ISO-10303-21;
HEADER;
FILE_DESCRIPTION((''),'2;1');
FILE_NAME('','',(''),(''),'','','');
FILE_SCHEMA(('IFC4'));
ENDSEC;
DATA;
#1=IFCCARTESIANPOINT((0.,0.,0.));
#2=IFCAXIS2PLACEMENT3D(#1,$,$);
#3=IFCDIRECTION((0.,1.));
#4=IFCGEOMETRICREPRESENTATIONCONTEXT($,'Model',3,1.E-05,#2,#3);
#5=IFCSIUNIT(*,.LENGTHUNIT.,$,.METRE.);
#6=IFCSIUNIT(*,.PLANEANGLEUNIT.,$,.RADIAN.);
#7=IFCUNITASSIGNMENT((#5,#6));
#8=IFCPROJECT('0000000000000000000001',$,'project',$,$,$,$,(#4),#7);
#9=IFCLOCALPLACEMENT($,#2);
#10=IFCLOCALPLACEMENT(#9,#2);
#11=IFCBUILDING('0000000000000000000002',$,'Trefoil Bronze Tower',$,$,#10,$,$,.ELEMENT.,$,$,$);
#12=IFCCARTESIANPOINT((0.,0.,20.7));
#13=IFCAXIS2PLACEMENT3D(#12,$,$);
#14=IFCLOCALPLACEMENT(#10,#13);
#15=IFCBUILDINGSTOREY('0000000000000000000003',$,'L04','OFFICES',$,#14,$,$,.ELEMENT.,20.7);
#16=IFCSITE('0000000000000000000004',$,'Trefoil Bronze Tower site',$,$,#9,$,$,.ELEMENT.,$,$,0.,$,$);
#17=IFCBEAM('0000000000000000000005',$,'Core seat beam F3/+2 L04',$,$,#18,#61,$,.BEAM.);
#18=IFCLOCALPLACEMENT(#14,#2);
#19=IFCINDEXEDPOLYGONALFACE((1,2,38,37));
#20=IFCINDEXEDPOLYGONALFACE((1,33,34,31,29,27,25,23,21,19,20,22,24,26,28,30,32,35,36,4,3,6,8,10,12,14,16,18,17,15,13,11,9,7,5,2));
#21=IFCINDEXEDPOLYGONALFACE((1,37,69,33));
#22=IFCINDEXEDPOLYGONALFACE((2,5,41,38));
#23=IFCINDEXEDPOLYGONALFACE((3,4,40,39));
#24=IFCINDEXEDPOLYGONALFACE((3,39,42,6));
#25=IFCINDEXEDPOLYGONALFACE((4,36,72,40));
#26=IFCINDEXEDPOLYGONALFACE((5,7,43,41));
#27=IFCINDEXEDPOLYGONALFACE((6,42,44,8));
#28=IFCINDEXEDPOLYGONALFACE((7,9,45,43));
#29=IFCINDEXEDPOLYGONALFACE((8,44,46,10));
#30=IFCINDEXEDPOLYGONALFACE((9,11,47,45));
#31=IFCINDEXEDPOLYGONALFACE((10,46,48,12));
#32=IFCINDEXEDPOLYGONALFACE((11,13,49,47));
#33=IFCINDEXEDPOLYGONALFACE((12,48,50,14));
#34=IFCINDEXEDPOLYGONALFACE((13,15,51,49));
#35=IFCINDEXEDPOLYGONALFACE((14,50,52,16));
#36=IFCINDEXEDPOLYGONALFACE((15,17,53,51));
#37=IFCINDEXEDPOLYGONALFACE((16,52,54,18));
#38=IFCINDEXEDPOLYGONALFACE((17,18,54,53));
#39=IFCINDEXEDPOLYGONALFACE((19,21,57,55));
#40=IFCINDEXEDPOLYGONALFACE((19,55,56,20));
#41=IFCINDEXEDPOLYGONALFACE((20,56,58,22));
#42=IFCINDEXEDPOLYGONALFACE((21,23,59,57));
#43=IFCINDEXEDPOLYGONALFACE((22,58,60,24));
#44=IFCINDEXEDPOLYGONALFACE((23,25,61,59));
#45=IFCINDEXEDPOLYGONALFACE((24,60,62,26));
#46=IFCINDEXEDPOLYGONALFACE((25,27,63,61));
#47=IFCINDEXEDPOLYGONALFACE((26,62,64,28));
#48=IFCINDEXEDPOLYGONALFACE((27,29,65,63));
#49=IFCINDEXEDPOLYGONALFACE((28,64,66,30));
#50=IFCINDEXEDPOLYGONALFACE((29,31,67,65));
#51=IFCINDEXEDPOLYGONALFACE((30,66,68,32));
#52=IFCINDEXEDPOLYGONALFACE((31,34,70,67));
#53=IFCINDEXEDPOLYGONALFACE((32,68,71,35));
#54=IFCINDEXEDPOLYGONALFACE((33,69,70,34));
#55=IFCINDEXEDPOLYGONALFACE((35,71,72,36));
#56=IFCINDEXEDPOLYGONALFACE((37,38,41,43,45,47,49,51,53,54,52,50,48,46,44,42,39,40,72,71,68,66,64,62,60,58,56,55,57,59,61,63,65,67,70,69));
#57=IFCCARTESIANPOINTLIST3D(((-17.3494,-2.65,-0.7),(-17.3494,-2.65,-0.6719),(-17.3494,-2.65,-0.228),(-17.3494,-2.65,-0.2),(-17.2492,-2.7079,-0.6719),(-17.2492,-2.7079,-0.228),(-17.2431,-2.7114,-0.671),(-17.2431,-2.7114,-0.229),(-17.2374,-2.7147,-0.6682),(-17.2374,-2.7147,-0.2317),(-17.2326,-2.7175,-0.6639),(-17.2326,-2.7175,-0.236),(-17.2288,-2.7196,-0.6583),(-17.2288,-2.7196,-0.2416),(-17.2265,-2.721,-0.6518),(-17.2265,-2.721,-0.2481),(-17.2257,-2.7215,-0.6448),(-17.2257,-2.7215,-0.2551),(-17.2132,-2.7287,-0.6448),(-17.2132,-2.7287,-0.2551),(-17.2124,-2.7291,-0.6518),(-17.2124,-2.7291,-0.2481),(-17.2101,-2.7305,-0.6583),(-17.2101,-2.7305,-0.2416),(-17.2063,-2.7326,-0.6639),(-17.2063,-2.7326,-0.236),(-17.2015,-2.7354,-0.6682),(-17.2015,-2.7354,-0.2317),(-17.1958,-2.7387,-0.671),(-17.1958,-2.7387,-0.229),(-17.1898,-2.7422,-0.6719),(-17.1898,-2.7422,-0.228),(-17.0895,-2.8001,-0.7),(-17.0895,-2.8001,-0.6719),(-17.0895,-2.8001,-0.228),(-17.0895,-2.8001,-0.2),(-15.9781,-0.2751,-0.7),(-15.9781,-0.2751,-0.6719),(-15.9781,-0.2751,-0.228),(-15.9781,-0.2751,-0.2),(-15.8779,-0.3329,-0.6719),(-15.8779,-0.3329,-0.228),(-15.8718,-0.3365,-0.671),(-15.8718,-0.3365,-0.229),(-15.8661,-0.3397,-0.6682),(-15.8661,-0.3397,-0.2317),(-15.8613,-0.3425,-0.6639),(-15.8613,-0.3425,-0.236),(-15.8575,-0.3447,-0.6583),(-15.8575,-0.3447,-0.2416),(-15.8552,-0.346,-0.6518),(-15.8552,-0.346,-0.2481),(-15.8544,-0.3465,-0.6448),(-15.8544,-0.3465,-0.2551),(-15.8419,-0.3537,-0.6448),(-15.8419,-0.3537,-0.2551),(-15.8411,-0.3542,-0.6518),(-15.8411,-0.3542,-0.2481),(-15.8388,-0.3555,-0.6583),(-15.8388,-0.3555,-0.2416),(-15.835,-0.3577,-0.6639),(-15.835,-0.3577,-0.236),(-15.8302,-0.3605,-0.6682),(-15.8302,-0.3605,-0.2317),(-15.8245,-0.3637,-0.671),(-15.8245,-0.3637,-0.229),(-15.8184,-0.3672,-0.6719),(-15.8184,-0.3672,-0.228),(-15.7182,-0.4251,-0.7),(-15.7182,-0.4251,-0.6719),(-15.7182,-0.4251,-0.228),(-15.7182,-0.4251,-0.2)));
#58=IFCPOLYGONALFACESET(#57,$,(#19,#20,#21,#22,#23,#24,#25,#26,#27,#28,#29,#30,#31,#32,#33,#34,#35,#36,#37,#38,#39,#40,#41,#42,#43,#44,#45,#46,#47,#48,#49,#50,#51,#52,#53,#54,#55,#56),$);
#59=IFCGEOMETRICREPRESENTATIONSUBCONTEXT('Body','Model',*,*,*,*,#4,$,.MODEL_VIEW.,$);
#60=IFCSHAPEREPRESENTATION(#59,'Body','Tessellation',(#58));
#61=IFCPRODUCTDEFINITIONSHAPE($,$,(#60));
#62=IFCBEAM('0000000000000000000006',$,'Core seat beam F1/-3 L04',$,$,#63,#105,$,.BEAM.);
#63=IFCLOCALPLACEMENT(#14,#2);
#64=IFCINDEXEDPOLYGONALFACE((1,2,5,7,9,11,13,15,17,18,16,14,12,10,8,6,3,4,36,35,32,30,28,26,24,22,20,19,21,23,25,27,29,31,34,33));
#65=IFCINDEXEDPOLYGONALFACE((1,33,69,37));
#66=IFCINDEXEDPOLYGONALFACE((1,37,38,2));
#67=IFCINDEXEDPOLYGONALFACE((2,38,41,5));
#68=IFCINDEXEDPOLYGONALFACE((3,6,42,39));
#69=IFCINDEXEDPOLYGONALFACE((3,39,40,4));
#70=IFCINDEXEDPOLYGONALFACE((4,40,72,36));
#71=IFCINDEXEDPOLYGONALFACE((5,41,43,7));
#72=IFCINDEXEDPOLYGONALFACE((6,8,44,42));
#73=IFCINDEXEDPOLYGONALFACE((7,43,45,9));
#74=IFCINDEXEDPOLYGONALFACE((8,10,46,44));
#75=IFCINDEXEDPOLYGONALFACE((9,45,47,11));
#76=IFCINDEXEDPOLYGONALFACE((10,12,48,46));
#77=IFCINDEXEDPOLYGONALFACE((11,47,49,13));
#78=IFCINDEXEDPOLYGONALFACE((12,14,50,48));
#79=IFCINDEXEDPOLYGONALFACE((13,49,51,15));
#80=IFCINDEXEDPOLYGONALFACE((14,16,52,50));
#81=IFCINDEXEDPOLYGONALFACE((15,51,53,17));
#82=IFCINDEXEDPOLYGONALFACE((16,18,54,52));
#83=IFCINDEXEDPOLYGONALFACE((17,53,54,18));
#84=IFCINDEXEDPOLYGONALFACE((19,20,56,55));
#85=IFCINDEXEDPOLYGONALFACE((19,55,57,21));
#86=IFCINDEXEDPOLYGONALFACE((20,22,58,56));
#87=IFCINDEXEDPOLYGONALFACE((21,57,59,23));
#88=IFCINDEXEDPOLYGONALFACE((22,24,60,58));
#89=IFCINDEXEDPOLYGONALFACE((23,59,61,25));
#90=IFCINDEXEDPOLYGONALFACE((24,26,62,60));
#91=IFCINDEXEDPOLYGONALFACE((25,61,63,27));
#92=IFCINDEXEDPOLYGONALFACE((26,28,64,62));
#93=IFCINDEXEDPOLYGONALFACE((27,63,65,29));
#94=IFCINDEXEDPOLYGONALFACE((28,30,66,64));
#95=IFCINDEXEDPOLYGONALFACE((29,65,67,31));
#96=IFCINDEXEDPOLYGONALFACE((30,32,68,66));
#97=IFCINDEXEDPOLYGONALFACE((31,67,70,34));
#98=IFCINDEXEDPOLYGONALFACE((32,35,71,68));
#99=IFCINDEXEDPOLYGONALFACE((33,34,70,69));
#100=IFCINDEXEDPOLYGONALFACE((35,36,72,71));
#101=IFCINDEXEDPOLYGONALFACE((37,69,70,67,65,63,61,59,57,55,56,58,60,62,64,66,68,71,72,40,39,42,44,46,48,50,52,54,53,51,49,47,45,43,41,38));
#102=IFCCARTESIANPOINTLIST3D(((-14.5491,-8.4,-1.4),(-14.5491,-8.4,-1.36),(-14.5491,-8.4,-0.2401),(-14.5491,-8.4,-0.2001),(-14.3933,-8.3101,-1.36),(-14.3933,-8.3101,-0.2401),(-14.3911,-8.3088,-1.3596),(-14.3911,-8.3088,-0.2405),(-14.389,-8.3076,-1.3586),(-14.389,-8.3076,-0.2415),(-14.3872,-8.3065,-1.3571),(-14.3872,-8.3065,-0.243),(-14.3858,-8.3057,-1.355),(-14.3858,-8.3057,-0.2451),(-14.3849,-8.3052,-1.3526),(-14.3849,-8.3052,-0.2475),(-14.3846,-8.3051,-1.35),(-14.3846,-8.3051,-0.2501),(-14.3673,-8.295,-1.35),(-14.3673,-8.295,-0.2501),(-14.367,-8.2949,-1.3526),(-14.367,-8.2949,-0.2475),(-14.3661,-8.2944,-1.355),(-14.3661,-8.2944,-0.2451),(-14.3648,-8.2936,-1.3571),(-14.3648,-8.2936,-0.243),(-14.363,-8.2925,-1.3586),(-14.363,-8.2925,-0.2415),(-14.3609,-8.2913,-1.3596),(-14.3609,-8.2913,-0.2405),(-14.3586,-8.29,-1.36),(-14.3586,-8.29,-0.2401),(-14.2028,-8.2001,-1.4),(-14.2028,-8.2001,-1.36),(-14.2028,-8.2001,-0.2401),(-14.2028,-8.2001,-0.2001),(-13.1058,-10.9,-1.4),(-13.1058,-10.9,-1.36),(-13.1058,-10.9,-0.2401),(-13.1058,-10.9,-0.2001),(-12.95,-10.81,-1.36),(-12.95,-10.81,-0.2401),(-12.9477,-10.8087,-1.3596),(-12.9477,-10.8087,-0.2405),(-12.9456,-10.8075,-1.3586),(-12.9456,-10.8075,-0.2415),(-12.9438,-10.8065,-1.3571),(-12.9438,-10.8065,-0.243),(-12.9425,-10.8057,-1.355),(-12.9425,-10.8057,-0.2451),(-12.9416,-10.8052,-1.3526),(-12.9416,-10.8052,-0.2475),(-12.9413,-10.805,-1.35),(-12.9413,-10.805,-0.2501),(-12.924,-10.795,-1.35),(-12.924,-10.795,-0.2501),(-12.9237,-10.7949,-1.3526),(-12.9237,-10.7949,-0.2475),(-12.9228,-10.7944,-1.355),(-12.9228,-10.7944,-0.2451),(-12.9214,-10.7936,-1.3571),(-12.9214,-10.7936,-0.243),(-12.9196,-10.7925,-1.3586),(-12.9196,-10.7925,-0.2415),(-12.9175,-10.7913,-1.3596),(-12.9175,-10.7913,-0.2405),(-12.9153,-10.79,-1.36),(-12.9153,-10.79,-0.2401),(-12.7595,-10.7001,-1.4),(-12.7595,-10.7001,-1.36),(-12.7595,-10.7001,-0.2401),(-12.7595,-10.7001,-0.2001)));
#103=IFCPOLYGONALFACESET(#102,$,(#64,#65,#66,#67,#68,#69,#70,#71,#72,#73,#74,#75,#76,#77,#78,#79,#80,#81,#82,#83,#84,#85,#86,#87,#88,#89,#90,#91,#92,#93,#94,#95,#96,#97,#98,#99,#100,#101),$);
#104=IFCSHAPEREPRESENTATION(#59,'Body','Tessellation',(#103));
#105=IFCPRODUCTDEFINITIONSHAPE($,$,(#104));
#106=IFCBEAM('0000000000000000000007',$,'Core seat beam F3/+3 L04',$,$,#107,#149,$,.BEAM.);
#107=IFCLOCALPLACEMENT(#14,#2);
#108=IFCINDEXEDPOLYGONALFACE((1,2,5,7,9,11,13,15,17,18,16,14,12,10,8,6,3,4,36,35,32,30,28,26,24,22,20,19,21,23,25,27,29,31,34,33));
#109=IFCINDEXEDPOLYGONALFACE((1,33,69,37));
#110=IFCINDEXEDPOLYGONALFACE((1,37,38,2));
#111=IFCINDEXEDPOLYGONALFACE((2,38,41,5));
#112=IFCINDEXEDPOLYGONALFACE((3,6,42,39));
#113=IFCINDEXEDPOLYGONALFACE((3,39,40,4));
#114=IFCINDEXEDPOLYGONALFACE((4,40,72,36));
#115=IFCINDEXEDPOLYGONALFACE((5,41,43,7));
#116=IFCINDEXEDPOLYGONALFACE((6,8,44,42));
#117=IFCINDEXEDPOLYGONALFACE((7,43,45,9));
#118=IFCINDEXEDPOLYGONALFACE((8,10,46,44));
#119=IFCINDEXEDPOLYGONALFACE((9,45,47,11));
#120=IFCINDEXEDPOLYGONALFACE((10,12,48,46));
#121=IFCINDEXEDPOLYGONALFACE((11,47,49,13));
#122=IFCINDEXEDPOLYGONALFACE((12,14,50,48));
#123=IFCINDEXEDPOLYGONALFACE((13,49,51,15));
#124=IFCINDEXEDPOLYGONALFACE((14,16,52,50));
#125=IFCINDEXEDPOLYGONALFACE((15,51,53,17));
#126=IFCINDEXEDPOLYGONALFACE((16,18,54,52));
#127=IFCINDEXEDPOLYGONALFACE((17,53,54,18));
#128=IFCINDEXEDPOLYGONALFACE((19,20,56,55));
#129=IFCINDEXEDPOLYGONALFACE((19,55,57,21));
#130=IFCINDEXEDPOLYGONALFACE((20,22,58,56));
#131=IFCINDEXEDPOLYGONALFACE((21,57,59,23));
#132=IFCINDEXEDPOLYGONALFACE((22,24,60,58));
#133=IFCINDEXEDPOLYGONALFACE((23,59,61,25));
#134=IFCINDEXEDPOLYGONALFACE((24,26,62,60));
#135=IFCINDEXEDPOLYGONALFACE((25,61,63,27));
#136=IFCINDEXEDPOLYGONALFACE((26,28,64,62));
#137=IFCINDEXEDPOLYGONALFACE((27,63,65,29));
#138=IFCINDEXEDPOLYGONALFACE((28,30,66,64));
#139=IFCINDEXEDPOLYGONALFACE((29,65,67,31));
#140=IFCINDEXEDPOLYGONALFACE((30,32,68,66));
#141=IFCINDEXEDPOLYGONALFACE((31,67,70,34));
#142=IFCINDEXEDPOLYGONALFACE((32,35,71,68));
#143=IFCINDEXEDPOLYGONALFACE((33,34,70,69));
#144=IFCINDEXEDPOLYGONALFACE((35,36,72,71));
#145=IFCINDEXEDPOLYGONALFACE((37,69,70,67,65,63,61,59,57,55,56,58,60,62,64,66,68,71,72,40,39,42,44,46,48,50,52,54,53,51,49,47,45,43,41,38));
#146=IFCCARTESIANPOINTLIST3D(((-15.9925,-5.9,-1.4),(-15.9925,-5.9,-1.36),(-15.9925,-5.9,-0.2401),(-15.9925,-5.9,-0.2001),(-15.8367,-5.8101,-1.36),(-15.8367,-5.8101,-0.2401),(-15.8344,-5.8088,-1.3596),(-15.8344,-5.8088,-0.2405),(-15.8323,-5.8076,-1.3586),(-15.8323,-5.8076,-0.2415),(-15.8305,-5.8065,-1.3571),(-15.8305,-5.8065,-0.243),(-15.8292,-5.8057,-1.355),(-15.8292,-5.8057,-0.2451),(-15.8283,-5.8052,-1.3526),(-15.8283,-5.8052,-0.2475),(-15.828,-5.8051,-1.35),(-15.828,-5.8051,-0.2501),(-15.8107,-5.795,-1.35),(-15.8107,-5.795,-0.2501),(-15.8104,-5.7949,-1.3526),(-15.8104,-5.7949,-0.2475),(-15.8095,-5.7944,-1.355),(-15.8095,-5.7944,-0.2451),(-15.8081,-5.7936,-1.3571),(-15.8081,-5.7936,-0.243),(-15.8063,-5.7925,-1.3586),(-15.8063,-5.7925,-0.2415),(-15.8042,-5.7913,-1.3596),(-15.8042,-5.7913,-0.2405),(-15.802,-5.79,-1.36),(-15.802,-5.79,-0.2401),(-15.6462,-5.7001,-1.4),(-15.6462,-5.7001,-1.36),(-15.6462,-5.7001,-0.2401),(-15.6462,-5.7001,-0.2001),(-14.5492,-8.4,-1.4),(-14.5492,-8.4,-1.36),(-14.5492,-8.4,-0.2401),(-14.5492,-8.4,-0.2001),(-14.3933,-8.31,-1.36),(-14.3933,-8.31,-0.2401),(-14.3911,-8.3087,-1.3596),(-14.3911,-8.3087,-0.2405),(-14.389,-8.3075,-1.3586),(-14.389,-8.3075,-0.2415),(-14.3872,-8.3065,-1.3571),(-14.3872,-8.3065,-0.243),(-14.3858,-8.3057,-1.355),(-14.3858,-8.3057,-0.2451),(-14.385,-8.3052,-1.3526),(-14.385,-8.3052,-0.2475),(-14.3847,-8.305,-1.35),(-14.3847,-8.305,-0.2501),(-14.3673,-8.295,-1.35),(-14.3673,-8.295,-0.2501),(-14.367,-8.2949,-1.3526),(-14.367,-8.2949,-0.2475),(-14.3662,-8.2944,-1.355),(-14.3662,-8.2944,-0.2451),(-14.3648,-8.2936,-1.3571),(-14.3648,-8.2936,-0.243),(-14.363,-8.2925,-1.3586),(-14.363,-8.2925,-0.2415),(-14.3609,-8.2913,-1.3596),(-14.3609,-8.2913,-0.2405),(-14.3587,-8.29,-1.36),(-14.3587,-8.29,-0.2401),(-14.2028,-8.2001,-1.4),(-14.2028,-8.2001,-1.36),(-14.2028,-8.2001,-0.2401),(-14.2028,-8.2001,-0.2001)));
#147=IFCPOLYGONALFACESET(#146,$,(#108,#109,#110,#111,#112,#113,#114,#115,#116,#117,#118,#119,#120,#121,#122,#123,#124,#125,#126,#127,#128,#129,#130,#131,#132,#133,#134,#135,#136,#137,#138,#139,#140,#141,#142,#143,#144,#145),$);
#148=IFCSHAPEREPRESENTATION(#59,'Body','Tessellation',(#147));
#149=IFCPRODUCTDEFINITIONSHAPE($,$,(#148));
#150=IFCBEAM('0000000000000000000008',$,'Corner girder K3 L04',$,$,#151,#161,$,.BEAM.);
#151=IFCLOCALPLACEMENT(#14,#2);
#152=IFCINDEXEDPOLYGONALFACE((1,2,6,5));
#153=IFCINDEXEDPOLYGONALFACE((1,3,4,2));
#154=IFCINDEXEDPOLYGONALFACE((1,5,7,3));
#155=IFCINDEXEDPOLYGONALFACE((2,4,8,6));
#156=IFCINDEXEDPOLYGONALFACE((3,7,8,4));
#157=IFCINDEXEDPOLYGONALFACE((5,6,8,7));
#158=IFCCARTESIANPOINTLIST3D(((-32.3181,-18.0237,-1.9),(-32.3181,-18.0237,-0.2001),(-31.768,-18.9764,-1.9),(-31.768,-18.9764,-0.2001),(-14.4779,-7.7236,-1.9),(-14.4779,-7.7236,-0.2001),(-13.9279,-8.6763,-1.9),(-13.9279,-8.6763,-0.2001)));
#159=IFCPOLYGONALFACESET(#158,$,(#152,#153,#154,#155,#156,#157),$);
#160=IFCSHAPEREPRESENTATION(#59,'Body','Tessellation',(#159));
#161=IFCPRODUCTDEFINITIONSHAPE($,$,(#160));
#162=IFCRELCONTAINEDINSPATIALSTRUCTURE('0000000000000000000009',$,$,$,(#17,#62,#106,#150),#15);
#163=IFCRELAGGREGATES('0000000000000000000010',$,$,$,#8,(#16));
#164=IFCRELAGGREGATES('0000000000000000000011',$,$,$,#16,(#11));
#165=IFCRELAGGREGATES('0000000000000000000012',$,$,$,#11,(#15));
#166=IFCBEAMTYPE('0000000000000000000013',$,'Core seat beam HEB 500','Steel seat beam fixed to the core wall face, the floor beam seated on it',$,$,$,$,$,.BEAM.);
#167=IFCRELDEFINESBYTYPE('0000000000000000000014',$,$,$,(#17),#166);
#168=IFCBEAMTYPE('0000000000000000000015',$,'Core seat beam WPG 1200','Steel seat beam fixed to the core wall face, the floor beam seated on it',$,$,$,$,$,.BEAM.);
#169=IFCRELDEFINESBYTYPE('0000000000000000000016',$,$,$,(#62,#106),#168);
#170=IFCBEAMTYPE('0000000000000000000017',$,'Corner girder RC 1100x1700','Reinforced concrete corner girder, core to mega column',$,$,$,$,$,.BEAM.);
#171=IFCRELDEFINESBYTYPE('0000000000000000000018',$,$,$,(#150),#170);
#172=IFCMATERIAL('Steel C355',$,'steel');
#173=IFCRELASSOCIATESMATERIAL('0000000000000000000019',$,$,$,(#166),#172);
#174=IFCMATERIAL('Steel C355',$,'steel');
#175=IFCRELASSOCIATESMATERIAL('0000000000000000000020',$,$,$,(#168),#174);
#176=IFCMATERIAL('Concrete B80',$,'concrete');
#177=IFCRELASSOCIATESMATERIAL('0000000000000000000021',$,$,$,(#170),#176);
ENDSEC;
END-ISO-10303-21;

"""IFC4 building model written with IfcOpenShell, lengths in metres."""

from ifc_helpers import new_model, si_unit, direction, frame, origin, origin_2d, place, context, subcontext, project, spatial, rectangle, i_section, extrude, material, material_profile, profile_set, type_object, element, save


model = new_model("IFC4")

# Units and contexts
model_context = context("Model", 3, precision=1e-05, world=origin(), true_north=direction((0.0, 1.0)))
body_context = subcontext(model_context, "Body", "Model", "MODEL_VIEW")
ifc_project = project(units=[si_unit("LENGTHUNIT", "METRE"), si_unit("PLANEANGLEUNIT", "RADIAN")], contexts=[model_context])

# Site, building, storey
site_placement = place(None, origin())
site = spatial("IfcSite", under=ifc_project, at=site_placement, Name="Trefoil Bronze Tower site", CompositionType="ELEMENT", RefElevation=0.0)
building_placement = place(site_placement, origin())
building = spatial("IfcBuilding", under=site, at=building_placement, Name="Trefoil Bronze Tower", CompositionType="ELEMENT")
storey_placement = place(building_placement, frame((0.0, 0.0, 20.7)))
storey = spatial("IfcBuildingStorey", under=building, at=storey_placement, Name="L04", Description="OFFICES", CompositionType="ELEMENT", Elevation=20.7)

# Beams
ifc_material_1 = material(Name="Steel C355", Category="steel")
ifc_material_profile_1 = material_profile(ifc_material_1, i_section(OverallWidth=0.3, OverallDepth=0.5, WebThickness=0.0144, FlangeThickness=0.0281, FilletRadius=0.0271, at=origin_2d()), Name="HEB 500")
ifc_profile_set_1 = profile_set([ifc_material_profile_1], Name="Steel C355")
beam_type_1 = type_object("IfcBeamType", Name="Core seat beam HEB 500", Description="Steel seat beam fixed to the core wall face, the floor beam seated on it", PredefinedType="BEAM", material=ifc_profile_set_1)
beam_1_placement = place(storey_placement, frame((-15.8481, -0.3501, -0.45), z_axis=(-0.500036, -0.866005, 0.0), x_axis=(0.866005, -0.500036, 0.0)))
element("IfcBeam", 1, at=beam_1_placement, inside=storey, type_object=beam_type_1, Name="Core seat beam F3/+2 L04", PredefinedType="BEAM", context=body_context, shape_type="SweptSolid", body=[
    extrude(i_section(OverallWidth=0.3, OverallDepth=0.5, WebThickness=0.0144, FlangeThickness=0.0281, FilletRadius=0.0271, at=origin_2d()), origin(), (0.0, 0.0, 1.0), 2.7424),
])
ifc_material_2 = material(Name="Steel C355", Category="steel")
ifc_material_profile_2 = material_profile(ifc_material_2, i_section(OverallWidth=0.3999, OverallDepth=1.2, WebThickness=0.02, FlangeThickness=0.04, FilletRadius=0.01, at=origin_2d()), Name="WPG 1200")
ifc_profile_set_2 = profile_set([ifc_material_profile_2], Name="Steel C355")
beam_type_2 = type_object("IfcBeamType", Name="Core seat beam WPG 1200", Description="Steel seat beam fixed to the core wall face, the floor beam seated on it", PredefinedType="BEAM", material=ifc_profile_set_2)
for number, where, z_axis, x_axis, name in (
    (2, (-14.376, -8.3, -0.8), (0.499996, -0.866028, 0.0), (0.866028, 0.499996, 0.0), "Core seat beam F1/-3 L04"),
    (3, (-15.8193, -5.8, -0.8), (0.499996, -0.866028, 0.0), (0.866028, 0.499996, 0.0), "Core seat beam F3/+3 L04"),
):
    element("IfcBeam", number, at=place(storey_placement, frame(where, z_axis=z_axis, x_axis=x_axis)), inside=storey, type_object=beam_type_2, Name=name, PredefinedType="BEAM", context=body_context, shape_type="SweptSolid", body=[
        extrude(i_section(OverallWidth=0.3999, OverallDepth=1.2, WebThickness=0.02, FlangeThickness=0.04, FilletRadius=0.01, at=origin_2d()), origin(), (0.0, 0.0, 1.0), 2.8867),
    ])
ifc_material_3 = material(Name="Concrete B80", Category="concrete")
ifc_material_profile_3 = material_profile(ifc_material_3, rectangle(XDim=1.1001, YDim=1.7, at=origin_2d()), Name="RC 1100x1700")
ifc_profile_set_3 = profile_set([ifc_material_profile_3], Name="Concrete B80")
beam_type_3 = type_object("IfcBeamType", Name="Corner girder RC 1100x1700", Description="Reinforced concrete corner girder, core to mega column", PredefinedType="BEAM", material=ifc_profile_set_3)
beam_2_placement = place(storey_placement, frame((-14.2029, -8.2, -1.05), z_axis=(-0.866024, -0.500003, 0.0), x_axis=(0.500003, -0.866024, 0.0)))
element("IfcBeam", 4, at=beam_2_placement, inside=storey, type_object=beam_type_3, Name="Corner girder K3 L04", PredefinedType="BEAM", context=body_context, shape_type="SweptSolid", body=[
    extrude(rectangle(XDim=1.1001, YDim=1.7, at=origin_2d()), origin(), (0.0, 0.0, 1.0), 20.6001),
])

save(model, "model.ifc")
